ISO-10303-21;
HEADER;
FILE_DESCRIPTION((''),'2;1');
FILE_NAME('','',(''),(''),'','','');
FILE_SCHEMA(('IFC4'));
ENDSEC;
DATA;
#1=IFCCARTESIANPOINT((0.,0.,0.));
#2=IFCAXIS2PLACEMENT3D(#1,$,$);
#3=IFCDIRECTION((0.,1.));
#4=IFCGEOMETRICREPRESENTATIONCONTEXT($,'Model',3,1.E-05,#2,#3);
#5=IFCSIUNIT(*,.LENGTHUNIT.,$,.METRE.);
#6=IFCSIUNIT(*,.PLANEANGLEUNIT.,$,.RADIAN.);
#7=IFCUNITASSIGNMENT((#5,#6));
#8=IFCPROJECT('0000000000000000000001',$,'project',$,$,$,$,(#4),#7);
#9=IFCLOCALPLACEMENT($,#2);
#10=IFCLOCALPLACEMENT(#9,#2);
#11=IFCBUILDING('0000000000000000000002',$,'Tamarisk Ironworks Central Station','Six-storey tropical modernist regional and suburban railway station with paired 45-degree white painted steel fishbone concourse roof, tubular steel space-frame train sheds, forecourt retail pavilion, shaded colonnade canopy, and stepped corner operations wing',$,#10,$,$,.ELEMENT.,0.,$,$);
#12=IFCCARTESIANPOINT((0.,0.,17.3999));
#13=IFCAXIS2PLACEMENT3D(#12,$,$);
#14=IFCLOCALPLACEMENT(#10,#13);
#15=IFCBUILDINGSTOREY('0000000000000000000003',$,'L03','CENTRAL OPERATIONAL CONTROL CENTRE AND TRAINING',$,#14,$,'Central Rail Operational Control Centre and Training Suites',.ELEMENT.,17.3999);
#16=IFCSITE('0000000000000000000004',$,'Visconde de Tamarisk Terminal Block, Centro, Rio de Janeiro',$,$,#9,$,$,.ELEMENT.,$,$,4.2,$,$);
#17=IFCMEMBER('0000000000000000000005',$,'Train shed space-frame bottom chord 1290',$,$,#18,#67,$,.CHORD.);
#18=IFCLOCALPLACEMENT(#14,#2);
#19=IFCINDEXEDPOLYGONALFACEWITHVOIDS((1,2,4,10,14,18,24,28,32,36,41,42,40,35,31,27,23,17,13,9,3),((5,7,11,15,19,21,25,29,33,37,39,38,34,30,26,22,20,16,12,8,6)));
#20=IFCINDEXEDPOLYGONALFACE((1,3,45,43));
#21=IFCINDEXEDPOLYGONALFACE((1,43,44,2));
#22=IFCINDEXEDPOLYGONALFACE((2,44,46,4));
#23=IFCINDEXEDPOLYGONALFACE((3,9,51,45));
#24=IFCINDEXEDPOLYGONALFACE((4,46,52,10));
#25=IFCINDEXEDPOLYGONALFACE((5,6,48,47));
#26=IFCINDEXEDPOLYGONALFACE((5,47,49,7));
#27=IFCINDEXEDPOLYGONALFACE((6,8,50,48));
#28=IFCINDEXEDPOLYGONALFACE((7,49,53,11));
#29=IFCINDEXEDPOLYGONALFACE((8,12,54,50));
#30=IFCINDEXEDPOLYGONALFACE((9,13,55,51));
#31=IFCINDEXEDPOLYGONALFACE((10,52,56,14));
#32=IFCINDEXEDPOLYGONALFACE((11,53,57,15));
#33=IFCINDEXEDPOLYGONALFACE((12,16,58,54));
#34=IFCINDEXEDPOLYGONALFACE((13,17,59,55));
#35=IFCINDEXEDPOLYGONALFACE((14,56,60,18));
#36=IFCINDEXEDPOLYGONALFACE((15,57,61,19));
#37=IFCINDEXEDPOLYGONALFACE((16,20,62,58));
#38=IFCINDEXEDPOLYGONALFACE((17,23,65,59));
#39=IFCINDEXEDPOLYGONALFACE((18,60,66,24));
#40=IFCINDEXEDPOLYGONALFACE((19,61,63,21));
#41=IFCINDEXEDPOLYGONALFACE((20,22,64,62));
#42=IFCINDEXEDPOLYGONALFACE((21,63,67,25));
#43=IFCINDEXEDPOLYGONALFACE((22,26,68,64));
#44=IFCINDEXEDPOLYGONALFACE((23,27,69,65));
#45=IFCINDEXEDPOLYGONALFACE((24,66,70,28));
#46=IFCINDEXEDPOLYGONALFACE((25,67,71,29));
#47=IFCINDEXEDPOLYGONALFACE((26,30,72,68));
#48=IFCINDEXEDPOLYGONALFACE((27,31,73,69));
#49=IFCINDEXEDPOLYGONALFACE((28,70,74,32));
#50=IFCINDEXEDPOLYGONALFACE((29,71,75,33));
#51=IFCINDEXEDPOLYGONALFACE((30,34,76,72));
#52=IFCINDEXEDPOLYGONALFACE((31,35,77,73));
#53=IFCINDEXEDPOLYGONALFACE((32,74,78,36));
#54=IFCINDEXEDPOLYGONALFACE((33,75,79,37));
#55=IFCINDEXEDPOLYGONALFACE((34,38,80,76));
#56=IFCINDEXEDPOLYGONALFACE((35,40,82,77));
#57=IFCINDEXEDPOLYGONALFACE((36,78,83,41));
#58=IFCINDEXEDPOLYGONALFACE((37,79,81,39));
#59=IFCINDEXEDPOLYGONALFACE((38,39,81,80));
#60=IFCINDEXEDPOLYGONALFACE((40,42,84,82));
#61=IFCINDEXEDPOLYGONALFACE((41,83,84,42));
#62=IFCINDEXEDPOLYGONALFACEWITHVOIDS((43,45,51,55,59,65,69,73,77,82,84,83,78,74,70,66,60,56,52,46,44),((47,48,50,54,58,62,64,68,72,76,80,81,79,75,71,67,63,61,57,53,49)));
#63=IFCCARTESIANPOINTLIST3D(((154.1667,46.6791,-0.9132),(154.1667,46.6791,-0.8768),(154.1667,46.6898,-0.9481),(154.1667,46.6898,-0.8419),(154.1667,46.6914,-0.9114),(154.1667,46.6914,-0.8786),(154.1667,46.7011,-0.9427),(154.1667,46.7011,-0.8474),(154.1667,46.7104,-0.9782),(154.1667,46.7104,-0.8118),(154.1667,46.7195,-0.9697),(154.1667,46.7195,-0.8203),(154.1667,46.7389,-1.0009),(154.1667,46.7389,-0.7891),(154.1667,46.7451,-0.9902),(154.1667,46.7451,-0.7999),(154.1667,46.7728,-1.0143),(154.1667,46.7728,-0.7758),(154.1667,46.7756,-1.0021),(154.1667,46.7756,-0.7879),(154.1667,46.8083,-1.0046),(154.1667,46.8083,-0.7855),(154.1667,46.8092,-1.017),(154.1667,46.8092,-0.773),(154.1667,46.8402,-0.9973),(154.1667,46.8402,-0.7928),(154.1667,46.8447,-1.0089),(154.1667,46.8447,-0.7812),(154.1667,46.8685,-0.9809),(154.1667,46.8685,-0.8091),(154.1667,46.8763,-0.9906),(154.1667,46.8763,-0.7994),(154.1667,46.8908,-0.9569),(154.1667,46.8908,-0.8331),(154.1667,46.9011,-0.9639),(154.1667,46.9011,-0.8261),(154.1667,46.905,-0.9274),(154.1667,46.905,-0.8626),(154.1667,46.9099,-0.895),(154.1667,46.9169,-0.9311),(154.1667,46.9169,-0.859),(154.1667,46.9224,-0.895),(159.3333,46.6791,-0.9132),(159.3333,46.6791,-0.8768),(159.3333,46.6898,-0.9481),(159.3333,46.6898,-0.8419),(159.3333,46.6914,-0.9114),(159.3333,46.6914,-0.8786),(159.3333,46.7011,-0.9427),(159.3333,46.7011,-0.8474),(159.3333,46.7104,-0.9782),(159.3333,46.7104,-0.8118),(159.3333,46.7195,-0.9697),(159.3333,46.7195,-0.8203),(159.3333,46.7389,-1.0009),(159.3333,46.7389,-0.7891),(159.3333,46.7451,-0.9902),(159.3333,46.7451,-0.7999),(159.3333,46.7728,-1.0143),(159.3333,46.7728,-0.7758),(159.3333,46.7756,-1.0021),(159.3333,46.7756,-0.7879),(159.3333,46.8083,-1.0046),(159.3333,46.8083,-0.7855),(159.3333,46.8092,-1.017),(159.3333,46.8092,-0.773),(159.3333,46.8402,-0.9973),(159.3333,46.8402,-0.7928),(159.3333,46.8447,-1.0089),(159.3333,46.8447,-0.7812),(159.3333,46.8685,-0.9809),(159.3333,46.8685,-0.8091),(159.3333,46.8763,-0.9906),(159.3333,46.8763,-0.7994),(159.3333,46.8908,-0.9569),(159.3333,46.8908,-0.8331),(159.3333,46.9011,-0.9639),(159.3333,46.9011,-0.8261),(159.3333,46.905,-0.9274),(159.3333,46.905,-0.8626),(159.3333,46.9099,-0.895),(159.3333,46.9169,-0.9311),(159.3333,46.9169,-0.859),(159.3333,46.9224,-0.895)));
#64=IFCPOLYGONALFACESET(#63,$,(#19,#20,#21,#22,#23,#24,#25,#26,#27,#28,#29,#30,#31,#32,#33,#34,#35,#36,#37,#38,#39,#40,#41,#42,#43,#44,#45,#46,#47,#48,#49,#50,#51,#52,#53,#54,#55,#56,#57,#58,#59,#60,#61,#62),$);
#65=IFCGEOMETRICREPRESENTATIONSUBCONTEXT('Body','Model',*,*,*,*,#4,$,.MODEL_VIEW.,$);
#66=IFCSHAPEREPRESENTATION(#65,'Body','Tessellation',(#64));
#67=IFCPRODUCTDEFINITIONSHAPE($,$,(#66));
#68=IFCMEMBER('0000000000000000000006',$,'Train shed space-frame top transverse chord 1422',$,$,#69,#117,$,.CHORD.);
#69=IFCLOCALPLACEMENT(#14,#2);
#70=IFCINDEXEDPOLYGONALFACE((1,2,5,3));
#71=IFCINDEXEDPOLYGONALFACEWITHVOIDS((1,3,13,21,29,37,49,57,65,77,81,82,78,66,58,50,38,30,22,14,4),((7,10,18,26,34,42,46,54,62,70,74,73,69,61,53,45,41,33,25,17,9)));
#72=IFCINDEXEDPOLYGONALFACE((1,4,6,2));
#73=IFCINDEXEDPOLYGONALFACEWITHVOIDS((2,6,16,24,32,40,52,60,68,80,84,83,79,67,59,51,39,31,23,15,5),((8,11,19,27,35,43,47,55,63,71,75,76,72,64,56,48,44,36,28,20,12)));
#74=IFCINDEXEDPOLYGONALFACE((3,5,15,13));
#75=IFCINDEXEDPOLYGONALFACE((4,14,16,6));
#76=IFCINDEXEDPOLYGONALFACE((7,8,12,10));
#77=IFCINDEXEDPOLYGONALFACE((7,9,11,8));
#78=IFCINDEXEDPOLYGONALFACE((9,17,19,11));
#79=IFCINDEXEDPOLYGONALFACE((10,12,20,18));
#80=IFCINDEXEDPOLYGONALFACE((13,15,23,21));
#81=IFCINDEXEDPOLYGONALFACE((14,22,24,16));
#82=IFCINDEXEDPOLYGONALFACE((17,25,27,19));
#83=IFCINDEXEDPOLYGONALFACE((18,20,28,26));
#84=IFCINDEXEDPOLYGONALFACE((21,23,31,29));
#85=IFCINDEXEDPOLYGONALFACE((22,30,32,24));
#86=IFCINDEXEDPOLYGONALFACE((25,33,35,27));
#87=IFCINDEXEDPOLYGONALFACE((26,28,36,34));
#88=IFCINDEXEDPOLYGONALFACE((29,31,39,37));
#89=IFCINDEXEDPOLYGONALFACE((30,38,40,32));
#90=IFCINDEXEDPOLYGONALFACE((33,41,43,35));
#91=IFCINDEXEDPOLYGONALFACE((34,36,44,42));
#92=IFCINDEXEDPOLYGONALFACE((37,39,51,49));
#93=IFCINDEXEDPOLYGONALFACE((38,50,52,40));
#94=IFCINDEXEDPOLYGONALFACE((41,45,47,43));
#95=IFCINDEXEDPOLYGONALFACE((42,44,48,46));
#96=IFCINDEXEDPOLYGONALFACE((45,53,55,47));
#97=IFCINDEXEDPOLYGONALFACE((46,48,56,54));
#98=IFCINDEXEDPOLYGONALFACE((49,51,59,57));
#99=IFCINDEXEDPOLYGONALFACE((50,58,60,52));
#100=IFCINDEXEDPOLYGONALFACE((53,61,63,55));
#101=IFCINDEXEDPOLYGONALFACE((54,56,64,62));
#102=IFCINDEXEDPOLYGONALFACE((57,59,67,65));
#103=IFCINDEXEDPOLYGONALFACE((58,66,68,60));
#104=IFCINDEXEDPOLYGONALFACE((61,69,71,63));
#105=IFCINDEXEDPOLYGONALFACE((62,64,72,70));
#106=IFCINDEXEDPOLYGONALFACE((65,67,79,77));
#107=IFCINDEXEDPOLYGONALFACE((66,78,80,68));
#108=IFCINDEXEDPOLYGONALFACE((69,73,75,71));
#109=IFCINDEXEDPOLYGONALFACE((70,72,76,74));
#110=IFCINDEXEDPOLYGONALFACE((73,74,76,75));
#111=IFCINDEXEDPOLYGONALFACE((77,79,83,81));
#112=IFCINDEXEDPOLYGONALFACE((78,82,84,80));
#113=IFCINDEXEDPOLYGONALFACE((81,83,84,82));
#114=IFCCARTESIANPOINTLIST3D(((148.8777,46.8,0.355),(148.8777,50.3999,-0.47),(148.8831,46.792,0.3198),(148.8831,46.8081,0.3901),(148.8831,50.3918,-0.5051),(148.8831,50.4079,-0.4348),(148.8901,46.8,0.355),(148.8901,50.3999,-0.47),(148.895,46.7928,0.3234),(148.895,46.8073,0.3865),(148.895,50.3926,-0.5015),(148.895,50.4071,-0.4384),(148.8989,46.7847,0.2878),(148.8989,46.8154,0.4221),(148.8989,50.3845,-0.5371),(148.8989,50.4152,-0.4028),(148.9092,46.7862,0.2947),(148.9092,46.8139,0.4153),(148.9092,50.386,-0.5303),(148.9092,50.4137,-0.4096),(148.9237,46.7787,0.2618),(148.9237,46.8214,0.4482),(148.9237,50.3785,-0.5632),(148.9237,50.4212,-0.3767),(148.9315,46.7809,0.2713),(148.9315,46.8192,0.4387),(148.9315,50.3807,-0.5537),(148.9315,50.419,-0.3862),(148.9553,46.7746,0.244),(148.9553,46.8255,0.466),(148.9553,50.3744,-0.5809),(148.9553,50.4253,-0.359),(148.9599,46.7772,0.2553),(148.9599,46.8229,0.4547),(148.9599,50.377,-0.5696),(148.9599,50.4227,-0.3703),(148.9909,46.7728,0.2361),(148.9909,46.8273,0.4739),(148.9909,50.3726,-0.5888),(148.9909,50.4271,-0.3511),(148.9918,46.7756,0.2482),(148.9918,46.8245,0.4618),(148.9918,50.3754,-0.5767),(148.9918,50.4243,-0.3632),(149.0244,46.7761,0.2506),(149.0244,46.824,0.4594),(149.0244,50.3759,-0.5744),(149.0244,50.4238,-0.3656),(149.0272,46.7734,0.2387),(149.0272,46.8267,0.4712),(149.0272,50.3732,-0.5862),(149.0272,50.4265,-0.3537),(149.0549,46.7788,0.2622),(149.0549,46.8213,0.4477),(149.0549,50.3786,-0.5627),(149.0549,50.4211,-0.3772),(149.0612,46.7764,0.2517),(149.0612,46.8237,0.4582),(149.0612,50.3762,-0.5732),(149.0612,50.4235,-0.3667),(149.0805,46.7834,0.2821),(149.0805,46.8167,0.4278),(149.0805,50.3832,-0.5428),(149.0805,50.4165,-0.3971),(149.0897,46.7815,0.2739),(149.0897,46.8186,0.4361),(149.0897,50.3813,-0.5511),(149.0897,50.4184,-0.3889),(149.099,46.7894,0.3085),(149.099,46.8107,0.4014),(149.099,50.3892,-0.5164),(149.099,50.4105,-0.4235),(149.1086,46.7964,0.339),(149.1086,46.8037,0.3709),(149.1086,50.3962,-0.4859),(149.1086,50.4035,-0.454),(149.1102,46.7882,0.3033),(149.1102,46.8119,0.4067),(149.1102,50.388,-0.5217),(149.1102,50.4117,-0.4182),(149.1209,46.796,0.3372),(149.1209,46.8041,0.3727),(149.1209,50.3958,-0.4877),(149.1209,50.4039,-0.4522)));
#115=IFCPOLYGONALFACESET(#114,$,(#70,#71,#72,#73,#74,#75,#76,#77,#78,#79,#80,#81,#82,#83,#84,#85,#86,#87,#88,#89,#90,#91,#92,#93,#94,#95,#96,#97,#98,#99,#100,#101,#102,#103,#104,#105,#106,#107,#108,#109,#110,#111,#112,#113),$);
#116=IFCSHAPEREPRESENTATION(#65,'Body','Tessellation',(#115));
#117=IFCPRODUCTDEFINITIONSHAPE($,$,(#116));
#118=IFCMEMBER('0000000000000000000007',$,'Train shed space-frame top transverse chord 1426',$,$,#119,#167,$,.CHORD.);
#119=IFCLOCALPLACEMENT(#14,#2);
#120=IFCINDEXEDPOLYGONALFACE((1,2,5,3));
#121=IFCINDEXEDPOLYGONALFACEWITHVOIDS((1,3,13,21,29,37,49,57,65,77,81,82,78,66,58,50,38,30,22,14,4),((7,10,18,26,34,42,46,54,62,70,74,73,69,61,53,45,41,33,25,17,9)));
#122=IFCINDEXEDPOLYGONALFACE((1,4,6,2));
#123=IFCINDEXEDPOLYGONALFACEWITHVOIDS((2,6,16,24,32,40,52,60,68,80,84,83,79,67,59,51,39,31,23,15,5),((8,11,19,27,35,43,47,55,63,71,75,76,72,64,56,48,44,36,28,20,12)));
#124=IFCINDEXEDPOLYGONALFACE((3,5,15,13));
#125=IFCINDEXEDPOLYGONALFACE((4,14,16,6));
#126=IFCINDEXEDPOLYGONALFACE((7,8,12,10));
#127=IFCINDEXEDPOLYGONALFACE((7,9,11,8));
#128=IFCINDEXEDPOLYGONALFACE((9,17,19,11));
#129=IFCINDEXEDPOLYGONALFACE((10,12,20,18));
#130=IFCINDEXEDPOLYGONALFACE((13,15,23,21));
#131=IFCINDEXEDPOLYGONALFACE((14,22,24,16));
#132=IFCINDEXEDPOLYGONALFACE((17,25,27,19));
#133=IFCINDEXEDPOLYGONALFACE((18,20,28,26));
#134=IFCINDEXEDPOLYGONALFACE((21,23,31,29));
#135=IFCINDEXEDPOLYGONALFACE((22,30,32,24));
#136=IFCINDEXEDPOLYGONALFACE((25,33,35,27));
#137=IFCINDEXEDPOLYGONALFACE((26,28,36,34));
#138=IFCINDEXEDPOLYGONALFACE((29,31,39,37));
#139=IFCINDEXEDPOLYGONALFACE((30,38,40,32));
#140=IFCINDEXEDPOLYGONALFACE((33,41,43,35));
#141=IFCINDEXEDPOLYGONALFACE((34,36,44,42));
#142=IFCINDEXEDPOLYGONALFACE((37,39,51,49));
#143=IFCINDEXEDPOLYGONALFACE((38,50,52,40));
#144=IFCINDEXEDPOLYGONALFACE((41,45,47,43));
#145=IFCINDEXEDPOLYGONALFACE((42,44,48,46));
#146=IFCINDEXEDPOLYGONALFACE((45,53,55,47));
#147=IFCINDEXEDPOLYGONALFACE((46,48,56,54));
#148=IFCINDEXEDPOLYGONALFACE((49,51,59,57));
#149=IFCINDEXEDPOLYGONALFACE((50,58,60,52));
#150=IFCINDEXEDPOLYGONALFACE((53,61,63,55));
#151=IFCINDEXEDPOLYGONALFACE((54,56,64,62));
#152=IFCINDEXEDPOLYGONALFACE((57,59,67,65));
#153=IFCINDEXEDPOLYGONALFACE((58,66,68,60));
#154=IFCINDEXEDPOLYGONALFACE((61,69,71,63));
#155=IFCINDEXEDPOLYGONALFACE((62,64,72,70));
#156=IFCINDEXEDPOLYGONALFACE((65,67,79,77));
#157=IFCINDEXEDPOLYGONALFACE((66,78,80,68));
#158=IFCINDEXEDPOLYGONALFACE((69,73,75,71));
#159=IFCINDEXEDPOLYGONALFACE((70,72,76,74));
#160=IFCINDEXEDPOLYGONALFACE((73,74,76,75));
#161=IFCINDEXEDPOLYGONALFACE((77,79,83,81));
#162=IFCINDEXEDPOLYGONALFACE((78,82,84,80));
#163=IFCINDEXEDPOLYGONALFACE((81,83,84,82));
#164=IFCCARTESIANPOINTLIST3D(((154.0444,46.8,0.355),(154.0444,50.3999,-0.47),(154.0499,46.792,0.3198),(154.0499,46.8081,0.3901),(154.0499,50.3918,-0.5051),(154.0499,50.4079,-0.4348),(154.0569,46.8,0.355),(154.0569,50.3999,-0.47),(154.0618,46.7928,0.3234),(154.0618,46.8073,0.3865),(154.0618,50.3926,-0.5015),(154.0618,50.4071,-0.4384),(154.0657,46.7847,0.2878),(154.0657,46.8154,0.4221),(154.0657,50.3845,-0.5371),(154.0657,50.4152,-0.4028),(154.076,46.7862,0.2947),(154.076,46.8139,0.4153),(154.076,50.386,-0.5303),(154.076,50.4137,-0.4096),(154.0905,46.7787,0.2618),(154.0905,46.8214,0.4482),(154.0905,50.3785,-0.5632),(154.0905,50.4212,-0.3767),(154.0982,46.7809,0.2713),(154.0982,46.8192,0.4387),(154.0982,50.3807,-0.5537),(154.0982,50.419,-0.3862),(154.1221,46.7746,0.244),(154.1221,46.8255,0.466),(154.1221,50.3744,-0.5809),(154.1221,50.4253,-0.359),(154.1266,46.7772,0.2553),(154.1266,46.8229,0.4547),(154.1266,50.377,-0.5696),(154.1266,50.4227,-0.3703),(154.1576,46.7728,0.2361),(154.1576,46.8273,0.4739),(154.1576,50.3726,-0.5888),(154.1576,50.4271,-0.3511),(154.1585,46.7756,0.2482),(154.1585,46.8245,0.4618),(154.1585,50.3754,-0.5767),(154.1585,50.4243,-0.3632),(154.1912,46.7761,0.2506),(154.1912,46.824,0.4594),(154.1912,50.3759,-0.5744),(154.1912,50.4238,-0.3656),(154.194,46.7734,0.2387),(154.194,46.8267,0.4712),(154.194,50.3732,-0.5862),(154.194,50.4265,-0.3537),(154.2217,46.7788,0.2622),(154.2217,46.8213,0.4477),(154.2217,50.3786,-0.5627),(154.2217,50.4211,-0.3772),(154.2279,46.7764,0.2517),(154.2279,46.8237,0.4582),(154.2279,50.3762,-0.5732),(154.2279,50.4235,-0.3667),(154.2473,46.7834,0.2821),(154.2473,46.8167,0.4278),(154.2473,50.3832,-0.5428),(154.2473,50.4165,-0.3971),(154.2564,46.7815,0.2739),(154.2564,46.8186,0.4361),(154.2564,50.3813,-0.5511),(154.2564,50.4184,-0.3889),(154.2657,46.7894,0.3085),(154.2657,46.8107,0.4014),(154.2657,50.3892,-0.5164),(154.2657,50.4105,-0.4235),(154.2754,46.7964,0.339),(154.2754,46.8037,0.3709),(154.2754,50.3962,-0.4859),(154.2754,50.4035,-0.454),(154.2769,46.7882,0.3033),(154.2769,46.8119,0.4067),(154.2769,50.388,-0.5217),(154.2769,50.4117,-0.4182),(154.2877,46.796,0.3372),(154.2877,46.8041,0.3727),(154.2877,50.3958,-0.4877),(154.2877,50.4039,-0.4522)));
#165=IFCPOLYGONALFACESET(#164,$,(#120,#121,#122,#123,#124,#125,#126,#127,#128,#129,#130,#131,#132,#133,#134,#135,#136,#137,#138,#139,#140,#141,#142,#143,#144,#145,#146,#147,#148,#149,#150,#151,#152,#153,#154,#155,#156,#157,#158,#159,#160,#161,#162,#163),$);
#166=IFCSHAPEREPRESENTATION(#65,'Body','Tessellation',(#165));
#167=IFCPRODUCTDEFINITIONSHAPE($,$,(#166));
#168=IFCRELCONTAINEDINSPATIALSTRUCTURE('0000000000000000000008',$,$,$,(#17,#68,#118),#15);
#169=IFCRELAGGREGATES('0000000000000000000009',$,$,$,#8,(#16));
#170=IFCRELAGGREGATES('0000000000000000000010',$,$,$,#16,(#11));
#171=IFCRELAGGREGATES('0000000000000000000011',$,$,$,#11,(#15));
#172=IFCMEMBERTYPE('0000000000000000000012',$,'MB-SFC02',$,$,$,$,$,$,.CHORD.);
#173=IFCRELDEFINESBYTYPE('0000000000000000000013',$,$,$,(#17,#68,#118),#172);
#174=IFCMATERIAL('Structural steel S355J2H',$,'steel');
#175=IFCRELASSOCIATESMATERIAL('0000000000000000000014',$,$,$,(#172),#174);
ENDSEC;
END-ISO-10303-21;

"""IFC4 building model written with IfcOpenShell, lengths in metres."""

from ifc_helpers import new_model, si_unit, direction, frame, origin, origin_2d, place, context, subcontext, project, spatial, hollow_circle, extrude, material, material_profile, profile_set, type_object, element, save


model = new_model("IFC4")

# Units and contexts
model_context = context("Model", 3, precision=1e-05, world=origin(), true_north=direction((0.0, 1.0)))
body_context = subcontext(model_context, "Body", "Model", "MODEL_VIEW")
ifc_project = project(units=[si_unit("LENGTHUNIT", "METRE"), si_unit("PLANEANGLEUNIT", "RADIAN")], contexts=[model_context])

# Site, building, storey
site_placement = place(None, origin())
site = spatial("IfcSite", under=ifc_project, at=site_placement, Name="Visconde de Tamarisk Terminal Block, Centro, Rio de Janeiro", CompositionType="ELEMENT", RefElevation=4.2)
building_placement = place(site_placement, origin())
building = spatial("IfcBuilding", under=site, at=building_placement, Name="Tamarisk Ironworks Central Station", Description="Six-storey tropical modernist regional and suburban railway station with paired 45-degree white painted steel fishbone concourse roof, tubular steel space-frame train sheds, forecourt retail pavilion, shaded colonnade canopy, and stepped corner operations wing", CompositionType="ELEMENT", ElevationOfRefHeight=0.0)
storey_placement = place(building_placement, frame((0.0, 0.0, 17.3999)))
storey = spatial("IfcBuildingStorey", under=building, at=storey_placement, Name="L03", Description="CENTRAL OPERATIONAL CONTROL CENTRE AND TRAINING", LongName="Central Rail Operational Control Centre and Training Suites", CompositionType="ELEMENT", Elevation=17.3999)

# Members
ifc_material_1 = material(Name="Structural steel S355J2H", Category="steel")
ifc_material_profile_1 = material_profile(ifc_material_1, hollow_circle(Radius=0.1223, WallThickness=0.0125, at=origin_2d()), Name="CHS 244.5x12.5")
ifc_profile_set_1 = profile_set([ifc_material_profile_1], Name="Structural steel S355J2H")
member_type_1 = type_object("IfcMemberType", Name="MB-SFC02", PredefinedType="CHORD", material=ifc_profile_set_1)
member_1_placement = place(storey_placement, frame((154.1667, 46.8, -0.895), z_axis=(1.0, 0.0, 0.0), x_axis=(0.0, 1.0, 0.0)))
element("IfcMember", 1, at=member_1_placement, inside=storey, type_object=member_type_1, Name="Train shed space-frame bottom chord 1290", PredefinedType="CHORD", context=body_context, shape_type="SweptSolid", body=[
    extrude(hollow_circle(Radius=0.1223, WallThickness=0.0125, at=origin_2d()), origin(), (0.0, 0.0, 1.0), 5.1665),
])
for number, where, z_axis, x_axis, name in (
    (2, (149.0, 46.8, 0.355), (0.0, 0.974733, -0.223372), (-1.0, 0.0, 0.0), "Train shed space-frame top transverse chord 1422"),
    (3, (154.1667, 46.8, 0.355), (0.0, 0.974733, -0.223372), (-1.0, 0.0, 0.0), "Train shed space-frame top transverse chord 1426"),
):
    element("IfcMember", number, at=place(storey_placement, frame(where, z_axis=z_axis, x_axis=x_axis)), inside=storey, type_object=member_type_1, Name=name, PredefinedType="CHORD", context=body_context, shape_type="SweptSolid", body=[
        extrude(hollow_circle(Radius=0.1223, WallThickness=0.0125, at=origin_2d()), origin(), (0.0, 0.0, 1.0), 3.6931),
    ])

save(model, "model.ifc")
